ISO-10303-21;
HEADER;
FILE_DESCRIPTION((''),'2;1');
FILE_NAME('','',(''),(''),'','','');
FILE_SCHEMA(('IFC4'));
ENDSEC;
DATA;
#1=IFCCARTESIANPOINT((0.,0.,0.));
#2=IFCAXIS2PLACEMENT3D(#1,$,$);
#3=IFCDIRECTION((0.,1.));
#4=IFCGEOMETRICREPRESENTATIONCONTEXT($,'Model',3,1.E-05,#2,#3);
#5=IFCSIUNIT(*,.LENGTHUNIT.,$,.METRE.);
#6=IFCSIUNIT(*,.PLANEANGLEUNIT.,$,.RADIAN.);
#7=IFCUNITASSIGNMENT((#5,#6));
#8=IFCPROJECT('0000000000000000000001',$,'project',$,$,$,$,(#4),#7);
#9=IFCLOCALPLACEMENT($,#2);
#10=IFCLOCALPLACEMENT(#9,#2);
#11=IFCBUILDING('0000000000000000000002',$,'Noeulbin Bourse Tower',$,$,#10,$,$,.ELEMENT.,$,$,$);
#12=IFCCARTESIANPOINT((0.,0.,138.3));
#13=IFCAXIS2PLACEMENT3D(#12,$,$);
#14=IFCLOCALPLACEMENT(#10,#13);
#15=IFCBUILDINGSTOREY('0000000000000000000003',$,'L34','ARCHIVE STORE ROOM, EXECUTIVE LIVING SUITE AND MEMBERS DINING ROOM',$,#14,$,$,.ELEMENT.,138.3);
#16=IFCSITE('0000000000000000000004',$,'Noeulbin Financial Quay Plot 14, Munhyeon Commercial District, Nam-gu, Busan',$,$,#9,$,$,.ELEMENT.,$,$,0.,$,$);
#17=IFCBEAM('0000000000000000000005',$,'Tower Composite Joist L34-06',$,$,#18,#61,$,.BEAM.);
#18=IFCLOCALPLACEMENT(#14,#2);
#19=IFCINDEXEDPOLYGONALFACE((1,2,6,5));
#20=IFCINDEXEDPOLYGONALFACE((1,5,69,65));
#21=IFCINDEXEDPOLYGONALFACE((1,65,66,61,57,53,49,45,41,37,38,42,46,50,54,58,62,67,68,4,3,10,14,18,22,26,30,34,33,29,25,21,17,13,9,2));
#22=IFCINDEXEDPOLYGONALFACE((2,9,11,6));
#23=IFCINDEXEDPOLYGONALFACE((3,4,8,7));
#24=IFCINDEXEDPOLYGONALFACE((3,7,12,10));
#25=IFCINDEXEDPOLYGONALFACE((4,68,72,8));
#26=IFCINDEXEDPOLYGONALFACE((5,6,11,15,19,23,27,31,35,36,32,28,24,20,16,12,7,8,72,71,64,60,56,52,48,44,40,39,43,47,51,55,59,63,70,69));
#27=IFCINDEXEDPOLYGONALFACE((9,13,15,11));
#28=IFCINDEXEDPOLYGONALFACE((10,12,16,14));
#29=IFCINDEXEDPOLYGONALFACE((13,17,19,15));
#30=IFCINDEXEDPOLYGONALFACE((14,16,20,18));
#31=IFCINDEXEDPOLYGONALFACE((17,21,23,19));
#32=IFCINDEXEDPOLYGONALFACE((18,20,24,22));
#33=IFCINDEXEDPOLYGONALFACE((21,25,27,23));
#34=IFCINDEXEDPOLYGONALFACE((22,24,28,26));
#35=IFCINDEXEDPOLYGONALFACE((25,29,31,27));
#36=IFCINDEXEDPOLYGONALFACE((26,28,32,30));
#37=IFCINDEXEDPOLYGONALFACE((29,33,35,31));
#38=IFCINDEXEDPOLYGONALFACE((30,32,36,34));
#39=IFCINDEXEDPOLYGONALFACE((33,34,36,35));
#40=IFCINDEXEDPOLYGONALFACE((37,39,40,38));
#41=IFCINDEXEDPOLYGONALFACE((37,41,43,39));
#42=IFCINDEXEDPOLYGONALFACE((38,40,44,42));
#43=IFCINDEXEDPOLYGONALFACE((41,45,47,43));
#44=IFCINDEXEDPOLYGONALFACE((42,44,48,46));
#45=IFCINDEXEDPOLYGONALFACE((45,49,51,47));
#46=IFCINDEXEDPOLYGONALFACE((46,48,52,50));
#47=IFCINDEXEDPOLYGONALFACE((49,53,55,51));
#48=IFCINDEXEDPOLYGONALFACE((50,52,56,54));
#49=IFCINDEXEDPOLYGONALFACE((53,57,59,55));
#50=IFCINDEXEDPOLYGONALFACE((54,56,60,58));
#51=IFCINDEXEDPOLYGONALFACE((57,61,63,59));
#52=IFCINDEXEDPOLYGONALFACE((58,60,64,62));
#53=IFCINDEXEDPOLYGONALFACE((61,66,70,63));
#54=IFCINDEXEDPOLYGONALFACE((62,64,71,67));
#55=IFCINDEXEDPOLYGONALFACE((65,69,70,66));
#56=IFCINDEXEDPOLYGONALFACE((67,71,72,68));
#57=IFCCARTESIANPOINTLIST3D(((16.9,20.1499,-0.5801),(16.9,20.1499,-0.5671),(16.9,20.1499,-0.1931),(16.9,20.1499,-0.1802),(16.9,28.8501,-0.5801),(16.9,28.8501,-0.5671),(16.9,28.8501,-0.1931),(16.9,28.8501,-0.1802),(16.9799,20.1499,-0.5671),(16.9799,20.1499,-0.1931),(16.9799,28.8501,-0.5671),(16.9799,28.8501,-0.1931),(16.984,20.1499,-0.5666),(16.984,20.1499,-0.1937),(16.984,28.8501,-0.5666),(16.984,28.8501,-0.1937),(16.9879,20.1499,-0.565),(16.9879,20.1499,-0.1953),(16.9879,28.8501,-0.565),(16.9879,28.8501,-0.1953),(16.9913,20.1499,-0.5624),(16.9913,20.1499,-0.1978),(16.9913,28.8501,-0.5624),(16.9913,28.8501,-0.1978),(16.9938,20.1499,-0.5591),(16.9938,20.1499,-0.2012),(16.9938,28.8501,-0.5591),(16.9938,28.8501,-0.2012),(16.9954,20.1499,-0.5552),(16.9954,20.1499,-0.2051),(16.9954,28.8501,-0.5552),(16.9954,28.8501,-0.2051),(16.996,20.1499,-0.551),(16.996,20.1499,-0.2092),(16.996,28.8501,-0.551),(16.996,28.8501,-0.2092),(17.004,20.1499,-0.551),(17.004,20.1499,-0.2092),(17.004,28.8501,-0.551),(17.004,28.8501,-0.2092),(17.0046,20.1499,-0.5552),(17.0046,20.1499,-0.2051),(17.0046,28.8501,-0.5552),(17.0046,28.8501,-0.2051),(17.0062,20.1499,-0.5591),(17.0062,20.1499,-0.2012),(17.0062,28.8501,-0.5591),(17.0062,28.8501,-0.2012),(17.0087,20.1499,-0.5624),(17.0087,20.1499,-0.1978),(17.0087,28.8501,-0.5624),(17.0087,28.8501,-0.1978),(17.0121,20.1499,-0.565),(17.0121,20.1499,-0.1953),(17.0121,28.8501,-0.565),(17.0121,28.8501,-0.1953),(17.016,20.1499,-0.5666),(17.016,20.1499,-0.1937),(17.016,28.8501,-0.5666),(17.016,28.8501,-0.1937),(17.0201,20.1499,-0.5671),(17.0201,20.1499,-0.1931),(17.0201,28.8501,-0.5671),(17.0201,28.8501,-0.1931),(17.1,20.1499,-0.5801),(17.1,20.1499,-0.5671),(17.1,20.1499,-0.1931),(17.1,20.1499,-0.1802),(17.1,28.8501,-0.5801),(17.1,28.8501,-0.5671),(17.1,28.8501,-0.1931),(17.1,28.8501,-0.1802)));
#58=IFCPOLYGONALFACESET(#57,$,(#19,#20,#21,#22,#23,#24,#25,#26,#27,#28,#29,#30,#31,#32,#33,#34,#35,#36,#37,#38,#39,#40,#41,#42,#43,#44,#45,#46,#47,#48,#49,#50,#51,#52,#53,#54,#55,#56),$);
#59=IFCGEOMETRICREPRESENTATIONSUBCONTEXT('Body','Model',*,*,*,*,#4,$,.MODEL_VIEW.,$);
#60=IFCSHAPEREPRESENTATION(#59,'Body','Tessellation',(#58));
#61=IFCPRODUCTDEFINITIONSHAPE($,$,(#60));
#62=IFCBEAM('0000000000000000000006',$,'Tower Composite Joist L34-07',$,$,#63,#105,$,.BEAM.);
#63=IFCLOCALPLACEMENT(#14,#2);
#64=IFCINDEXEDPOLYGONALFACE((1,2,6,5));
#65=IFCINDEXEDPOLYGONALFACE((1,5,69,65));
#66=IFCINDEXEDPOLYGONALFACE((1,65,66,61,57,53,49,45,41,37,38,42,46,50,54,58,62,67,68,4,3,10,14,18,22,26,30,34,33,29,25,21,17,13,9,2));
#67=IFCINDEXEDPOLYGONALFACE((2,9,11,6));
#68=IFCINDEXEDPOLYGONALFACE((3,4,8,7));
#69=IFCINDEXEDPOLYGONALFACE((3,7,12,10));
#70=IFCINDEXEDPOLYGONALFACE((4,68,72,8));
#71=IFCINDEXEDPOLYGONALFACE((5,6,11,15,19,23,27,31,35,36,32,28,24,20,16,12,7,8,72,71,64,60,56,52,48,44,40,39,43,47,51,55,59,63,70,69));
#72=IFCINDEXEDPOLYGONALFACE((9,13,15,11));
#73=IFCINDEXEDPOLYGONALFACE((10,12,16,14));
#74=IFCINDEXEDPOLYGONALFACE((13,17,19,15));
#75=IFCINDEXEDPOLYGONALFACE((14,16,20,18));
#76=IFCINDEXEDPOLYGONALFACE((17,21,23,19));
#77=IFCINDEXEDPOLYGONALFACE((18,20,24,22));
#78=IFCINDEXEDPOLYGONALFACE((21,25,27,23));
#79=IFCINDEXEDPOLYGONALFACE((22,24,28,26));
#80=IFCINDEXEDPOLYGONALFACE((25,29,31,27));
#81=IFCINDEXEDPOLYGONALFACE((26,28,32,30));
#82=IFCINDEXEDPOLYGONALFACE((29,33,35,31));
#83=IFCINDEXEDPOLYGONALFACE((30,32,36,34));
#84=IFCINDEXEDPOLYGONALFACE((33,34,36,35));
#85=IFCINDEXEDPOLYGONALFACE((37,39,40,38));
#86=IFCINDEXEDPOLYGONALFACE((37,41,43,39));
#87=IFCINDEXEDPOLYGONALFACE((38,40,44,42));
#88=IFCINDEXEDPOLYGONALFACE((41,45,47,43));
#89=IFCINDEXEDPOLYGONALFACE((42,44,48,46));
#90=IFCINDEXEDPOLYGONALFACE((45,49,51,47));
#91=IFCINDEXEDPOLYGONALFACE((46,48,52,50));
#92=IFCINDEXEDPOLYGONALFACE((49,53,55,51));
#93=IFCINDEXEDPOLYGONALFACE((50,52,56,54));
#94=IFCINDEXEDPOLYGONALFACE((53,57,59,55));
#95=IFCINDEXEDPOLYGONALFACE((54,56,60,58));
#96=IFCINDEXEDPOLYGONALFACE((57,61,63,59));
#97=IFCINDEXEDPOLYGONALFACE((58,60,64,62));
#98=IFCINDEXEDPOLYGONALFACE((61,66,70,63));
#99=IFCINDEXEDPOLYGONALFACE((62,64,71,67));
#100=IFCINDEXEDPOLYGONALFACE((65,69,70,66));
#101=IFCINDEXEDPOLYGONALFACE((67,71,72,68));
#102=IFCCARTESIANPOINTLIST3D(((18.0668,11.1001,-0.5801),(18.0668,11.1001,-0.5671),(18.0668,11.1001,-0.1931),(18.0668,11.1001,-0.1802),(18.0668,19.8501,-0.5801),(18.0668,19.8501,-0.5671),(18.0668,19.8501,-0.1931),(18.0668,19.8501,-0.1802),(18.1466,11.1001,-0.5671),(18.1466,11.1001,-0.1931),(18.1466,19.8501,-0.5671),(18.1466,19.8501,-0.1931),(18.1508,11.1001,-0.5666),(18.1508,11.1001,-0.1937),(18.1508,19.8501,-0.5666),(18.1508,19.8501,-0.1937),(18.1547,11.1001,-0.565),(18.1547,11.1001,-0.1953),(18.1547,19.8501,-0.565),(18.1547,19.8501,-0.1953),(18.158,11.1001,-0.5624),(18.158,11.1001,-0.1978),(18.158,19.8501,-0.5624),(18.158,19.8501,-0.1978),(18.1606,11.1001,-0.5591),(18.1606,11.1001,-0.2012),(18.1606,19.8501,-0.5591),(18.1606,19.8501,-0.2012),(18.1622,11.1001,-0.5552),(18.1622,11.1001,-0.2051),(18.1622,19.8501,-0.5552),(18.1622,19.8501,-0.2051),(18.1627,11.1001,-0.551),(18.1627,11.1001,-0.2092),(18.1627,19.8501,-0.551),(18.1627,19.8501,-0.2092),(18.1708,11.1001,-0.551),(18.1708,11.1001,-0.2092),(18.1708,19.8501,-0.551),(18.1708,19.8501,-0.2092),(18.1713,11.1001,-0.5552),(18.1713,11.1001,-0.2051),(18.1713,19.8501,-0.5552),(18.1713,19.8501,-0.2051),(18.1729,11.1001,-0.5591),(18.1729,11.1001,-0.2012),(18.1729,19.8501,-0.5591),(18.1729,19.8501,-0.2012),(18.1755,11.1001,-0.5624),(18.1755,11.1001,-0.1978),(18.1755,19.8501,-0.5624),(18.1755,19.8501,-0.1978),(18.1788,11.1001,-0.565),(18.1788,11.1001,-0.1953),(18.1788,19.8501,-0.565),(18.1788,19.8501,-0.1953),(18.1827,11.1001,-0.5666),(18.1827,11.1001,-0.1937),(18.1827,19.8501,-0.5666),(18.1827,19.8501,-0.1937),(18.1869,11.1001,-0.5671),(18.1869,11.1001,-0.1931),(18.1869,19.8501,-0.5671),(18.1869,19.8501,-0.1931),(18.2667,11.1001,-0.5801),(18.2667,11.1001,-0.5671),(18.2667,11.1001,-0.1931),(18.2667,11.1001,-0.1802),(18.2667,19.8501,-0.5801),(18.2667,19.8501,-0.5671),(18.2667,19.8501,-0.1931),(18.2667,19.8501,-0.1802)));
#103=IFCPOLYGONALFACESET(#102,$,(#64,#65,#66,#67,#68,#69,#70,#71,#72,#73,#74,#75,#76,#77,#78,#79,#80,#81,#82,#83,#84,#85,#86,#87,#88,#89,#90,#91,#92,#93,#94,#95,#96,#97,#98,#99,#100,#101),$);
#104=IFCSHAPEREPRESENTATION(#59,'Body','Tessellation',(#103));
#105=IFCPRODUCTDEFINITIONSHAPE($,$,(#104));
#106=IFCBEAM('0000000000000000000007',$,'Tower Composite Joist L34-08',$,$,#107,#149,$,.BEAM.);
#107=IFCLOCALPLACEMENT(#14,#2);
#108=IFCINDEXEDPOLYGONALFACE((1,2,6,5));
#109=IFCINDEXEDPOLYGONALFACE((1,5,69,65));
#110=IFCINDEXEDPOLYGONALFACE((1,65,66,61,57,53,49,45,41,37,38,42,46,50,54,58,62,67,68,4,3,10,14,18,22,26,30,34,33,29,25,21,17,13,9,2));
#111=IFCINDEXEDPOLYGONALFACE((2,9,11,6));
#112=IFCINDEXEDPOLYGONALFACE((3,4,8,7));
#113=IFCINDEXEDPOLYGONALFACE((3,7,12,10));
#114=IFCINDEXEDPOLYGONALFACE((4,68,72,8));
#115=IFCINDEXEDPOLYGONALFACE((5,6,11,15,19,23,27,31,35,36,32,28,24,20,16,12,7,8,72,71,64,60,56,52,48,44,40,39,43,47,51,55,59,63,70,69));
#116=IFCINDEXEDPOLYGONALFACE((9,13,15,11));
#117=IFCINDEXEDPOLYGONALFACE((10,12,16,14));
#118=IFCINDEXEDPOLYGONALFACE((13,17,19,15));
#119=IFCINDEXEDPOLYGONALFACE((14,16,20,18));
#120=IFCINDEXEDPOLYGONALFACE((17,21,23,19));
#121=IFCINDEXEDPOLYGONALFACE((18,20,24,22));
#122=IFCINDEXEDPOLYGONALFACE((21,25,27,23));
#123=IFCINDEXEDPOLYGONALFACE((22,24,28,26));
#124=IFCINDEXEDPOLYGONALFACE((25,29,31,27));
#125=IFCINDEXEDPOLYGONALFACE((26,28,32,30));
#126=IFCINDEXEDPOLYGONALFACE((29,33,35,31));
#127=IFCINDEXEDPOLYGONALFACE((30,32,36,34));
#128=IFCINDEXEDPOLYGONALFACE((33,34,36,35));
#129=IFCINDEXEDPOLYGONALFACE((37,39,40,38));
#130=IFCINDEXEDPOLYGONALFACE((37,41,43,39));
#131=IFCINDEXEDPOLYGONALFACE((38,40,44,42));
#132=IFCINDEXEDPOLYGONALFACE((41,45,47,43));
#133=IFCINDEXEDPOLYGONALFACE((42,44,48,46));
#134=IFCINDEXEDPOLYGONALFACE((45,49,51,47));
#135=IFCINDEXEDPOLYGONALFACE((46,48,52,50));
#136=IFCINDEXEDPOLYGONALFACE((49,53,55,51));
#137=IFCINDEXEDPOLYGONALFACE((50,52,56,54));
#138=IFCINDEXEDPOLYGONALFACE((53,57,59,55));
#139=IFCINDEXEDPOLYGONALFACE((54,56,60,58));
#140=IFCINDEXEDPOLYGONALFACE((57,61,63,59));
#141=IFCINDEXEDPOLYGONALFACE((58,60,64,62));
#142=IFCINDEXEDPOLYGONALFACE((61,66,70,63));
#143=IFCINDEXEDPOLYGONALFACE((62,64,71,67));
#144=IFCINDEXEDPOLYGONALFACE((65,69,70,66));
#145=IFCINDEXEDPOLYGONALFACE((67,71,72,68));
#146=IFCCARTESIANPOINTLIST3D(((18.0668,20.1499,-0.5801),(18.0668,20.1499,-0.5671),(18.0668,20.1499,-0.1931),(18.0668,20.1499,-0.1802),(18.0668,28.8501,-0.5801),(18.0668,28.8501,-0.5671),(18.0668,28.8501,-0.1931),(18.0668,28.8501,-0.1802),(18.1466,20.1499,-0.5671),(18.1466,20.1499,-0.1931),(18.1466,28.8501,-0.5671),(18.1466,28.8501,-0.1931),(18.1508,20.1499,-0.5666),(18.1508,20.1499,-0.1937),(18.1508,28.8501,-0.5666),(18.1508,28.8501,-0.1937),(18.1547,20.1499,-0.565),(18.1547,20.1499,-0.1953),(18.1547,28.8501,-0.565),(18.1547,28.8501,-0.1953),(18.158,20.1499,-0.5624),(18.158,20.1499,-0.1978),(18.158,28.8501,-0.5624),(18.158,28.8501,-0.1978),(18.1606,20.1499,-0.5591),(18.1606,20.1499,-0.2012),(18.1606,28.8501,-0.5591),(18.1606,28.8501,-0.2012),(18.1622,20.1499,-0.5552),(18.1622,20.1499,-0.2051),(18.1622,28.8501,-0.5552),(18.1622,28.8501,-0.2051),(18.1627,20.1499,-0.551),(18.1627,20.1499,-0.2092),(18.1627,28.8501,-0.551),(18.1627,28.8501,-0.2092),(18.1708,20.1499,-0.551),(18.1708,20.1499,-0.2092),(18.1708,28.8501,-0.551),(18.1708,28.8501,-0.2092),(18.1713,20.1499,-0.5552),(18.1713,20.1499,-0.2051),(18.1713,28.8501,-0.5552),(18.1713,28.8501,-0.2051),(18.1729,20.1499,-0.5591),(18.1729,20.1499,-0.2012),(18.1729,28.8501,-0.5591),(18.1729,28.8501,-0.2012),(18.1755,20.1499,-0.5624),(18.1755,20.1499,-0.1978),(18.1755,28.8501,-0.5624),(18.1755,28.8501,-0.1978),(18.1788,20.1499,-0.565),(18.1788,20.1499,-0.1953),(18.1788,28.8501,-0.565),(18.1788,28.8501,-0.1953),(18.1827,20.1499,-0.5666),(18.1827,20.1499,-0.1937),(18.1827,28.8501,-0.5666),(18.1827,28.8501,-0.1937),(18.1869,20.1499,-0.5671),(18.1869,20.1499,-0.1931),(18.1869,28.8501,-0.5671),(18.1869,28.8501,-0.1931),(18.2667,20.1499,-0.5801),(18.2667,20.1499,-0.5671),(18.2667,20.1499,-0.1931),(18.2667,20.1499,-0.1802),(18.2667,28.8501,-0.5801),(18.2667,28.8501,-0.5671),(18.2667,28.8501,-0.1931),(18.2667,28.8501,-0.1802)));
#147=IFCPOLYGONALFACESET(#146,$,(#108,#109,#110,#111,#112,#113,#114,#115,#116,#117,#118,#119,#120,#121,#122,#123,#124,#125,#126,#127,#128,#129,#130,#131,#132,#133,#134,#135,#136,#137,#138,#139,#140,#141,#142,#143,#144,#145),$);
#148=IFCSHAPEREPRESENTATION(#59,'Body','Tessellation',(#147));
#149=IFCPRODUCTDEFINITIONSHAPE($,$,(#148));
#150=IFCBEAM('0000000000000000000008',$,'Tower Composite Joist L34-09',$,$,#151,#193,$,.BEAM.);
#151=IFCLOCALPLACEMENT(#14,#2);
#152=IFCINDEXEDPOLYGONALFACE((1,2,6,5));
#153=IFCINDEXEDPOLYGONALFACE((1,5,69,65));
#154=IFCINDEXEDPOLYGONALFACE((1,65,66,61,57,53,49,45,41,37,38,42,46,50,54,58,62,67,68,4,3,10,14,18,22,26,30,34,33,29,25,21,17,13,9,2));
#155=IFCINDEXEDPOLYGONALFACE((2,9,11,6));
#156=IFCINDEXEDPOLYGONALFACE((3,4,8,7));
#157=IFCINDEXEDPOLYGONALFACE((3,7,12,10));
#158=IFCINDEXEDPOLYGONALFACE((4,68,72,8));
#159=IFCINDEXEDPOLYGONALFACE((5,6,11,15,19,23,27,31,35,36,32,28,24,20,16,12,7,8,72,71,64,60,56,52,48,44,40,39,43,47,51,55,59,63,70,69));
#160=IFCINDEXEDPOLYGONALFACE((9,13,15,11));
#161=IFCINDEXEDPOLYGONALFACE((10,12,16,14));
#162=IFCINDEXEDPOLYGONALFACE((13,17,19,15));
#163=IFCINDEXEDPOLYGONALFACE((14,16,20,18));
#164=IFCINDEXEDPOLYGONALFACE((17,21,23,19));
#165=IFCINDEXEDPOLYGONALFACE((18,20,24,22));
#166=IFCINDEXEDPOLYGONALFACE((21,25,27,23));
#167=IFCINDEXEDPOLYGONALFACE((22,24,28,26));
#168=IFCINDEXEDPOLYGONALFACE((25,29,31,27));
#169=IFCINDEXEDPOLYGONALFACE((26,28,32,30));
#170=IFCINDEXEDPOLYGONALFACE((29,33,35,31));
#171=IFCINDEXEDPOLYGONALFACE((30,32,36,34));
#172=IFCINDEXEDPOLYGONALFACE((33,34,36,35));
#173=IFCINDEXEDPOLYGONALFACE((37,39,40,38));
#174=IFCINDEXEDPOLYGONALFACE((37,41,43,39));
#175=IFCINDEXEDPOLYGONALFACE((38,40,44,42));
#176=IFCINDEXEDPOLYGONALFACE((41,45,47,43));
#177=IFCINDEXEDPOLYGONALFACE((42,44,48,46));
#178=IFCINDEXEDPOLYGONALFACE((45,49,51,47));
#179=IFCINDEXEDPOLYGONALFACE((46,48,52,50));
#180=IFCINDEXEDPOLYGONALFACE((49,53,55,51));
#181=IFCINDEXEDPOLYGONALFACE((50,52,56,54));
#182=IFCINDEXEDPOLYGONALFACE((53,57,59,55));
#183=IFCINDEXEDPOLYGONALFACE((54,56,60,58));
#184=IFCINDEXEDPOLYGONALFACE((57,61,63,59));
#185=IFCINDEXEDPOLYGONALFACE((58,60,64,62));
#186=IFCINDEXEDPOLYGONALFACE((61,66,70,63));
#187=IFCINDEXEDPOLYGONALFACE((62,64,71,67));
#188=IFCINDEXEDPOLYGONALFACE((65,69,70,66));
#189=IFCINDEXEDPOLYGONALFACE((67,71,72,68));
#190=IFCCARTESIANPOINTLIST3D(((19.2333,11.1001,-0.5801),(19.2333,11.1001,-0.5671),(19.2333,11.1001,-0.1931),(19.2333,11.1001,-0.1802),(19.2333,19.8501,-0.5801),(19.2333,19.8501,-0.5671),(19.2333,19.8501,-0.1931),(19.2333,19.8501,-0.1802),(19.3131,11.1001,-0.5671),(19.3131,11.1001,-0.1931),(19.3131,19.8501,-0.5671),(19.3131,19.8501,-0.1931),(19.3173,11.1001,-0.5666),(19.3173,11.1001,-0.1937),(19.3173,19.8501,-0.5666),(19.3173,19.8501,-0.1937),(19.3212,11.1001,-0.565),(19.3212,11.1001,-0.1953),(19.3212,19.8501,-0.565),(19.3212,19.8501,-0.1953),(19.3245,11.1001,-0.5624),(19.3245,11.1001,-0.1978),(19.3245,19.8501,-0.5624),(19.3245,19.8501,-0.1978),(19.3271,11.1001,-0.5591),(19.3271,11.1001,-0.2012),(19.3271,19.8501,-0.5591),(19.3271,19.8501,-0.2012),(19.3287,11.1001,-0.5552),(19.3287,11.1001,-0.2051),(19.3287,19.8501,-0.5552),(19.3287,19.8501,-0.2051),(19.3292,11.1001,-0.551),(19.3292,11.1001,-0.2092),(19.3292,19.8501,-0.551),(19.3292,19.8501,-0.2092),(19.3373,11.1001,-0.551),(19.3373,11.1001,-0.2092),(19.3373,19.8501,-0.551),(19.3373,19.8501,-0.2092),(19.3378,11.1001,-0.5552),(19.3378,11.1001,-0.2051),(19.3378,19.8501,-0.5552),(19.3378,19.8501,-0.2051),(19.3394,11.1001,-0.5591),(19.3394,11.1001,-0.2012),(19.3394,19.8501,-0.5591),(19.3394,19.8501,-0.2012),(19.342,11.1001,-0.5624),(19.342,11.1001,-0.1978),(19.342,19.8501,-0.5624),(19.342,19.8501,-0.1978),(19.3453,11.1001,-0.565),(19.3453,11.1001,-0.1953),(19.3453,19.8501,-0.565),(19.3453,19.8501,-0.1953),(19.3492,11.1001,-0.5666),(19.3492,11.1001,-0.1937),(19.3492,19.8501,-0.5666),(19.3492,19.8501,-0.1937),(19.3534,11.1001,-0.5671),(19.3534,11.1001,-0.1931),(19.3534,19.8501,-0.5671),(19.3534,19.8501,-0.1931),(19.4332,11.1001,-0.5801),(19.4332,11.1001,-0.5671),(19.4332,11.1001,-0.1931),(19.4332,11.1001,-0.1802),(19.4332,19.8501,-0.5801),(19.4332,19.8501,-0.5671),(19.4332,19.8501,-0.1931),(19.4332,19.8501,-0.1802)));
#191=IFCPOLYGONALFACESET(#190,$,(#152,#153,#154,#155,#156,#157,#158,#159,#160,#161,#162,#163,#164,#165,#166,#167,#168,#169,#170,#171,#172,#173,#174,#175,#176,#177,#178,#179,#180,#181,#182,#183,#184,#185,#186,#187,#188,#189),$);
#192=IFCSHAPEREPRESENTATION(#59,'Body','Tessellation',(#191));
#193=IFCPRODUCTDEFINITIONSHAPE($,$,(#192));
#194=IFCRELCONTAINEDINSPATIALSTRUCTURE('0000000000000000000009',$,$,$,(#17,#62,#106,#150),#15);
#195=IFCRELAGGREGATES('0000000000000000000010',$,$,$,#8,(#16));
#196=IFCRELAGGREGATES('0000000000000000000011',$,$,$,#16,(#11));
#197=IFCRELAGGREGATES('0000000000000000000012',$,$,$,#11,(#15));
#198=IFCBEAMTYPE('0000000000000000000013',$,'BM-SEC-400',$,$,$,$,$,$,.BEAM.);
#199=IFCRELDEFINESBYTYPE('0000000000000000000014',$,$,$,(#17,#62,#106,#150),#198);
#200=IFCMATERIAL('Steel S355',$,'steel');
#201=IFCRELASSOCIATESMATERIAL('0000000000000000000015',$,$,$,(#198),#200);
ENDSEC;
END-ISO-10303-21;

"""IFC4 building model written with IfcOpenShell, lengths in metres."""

from ifc_helpers import new_model, si_unit, direction, frame, origin, origin_2d, place, context, subcontext, project, spatial, i_section, extrude, material, material_profile, profile_set, type_object, element, save


model = new_model("IFC4")

# Units and contexts
model_context = context("Model", 3, precision=1e-05, world=origin(), true_north=direction((0.0, 1.0)))
body_context = subcontext(model_context, "Body", "Model", "MODEL_VIEW")
ifc_project = project(units=[si_unit("LENGTHUNIT", "METRE"), si_unit("PLANEANGLEUNIT", "RADIAN")], contexts=[model_context])

# Site, building, storey
site_placement = place(None, origin())
site = spatial("IfcSite", under=ifc_project, at=site_placement, Name="Noeulbin Financial Quay Plot 14, Munhyeon Commercial District, Nam-gu, Busan", CompositionType="ELEMENT", RefElevation=0.0)
building_placement = place(site_placement, origin())
building = spatial("IfcBuilding", under=site, at=building_placement, Name="Noeulbin Bourse Tower", CompositionType="ELEMENT")
storey_placement = place(building_placement, frame((0.0, 0.0, 138.3)))
storey = spatial("IfcBuildingStorey", under=building, at=storey_placement, Name="L34", Description="ARCHIVE STORE ROOM, EXECUTIVE LIVING SUITE AND MEMBERS DINING ROOM", CompositionType="ELEMENT", Elevation=138.3)

# Shared definitions
ifc_material_1 = material(Name="Steel S355", Category="steel")

# Beams
ifc_material_profile_1 = material_profile(ifc_material_1, i_section(OverallWidth=0.2, OverallDepth=0.3999, WebThickness=0.0081, FlangeThickness=0.0129, FilletRadius=0.0161, at=origin_2d()), Name="H-400x200x8x13", Category="LoadBearing")
ifc_profile_set_1 = profile_set([ifc_material_profile_1], Name="Steel S355")
beam_type = type_object("IfcBeamType", Name="BM-SEC-400", PredefinedType="BEAM", material=ifc_profile_set_1)
beam_1_placement = place(storey_placement, frame((17.0, 20.1499, -0.3801), z_axis=(0.0, 1.0, 0.0), x_axis=(-1.0, 0.0, 0.0)))
element("IfcBeam", 1, at=beam_1_placement, inside=storey, type_object=beam_type, Name="Tower Composite Joist L34-06", PredefinedType="BEAM", context=body_context, shape_type="SweptSolid", body=[
    extrude(i_section(OverallWidth=0.2, OverallDepth=0.3999, WebThickness=0.0081, FlangeThickness=0.0129, FilletRadius=0.0161, at=origin_2d()), origin(), (0.0, 0.0, 1.0), 8.7002),
])
beam_2_placement = place(storey_placement, frame((18.1667, 11.1001, -0.3801), z_axis=(0.0, 1.0, 0.0), x_axis=(-1.0, 0.0, 0.0)))
element("IfcBeam", 2, at=beam_2_placement, inside=storey, type_object=beam_type, Name="Tower Composite Joist L34-07", PredefinedType="BEAM", context=body_context, shape_type="SweptSolid", body=[
    extrude(i_section(OverallWidth=0.2, OverallDepth=0.3999, WebThickness=0.0081, FlangeThickness=0.0129, FilletRadius=0.0161, at=origin_2d()), origin(), (0.0, 0.0, 1.0), 8.75),
])
beam_3_placement = place(storey_placement, frame((18.1667, 20.1499, -0.3801), z_axis=(0.0, 1.0, 0.0), x_axis=(-1.0, 0.0, 0.0)))
element("IfcBeam", 3, at=beam_3_placement, inside=storey, type_object=beam_type, Name="Tower Composite Joist L34-08", PredefinedType="BEAM", context=body_context, shape_type="SweptSolid", body=[
    extrude(i_section(OverallWidth=0.2, OverallDepth=0.3999, WebThickness=0.0081, FlangeThickness=0.0129, FilletRadius=0.0161, at=origin_2d()), origin(), (0.0, 0.0, 1.0), 8.7002),
])
beam_4_placement = place(storey_placement, frame((19.3333, 11.1001, -0.3801), z_axis=(0.0, 1.0, 0.0), x_axis=(-1.0, 0.0, 0.0)))
element("IfcBeam", 4, at=beam_4_placement, inside=storey, type_object=beam_type, Name="Tower Composite Joist L34-09", PredefinedType="BEAM", context=body_context, shape_type="SweptSolid", body=[
    extrude(i_section(OverallWidth=0.2, OverallDepth=0.3999, WebThickness=0.0081, FlangeThickness=0.0129, FilletRadius=0.0161, at=origin_2d()), origin(), (0.0, 0.0, 1.0), 8.75),
])

save(model, "model.ifc")
